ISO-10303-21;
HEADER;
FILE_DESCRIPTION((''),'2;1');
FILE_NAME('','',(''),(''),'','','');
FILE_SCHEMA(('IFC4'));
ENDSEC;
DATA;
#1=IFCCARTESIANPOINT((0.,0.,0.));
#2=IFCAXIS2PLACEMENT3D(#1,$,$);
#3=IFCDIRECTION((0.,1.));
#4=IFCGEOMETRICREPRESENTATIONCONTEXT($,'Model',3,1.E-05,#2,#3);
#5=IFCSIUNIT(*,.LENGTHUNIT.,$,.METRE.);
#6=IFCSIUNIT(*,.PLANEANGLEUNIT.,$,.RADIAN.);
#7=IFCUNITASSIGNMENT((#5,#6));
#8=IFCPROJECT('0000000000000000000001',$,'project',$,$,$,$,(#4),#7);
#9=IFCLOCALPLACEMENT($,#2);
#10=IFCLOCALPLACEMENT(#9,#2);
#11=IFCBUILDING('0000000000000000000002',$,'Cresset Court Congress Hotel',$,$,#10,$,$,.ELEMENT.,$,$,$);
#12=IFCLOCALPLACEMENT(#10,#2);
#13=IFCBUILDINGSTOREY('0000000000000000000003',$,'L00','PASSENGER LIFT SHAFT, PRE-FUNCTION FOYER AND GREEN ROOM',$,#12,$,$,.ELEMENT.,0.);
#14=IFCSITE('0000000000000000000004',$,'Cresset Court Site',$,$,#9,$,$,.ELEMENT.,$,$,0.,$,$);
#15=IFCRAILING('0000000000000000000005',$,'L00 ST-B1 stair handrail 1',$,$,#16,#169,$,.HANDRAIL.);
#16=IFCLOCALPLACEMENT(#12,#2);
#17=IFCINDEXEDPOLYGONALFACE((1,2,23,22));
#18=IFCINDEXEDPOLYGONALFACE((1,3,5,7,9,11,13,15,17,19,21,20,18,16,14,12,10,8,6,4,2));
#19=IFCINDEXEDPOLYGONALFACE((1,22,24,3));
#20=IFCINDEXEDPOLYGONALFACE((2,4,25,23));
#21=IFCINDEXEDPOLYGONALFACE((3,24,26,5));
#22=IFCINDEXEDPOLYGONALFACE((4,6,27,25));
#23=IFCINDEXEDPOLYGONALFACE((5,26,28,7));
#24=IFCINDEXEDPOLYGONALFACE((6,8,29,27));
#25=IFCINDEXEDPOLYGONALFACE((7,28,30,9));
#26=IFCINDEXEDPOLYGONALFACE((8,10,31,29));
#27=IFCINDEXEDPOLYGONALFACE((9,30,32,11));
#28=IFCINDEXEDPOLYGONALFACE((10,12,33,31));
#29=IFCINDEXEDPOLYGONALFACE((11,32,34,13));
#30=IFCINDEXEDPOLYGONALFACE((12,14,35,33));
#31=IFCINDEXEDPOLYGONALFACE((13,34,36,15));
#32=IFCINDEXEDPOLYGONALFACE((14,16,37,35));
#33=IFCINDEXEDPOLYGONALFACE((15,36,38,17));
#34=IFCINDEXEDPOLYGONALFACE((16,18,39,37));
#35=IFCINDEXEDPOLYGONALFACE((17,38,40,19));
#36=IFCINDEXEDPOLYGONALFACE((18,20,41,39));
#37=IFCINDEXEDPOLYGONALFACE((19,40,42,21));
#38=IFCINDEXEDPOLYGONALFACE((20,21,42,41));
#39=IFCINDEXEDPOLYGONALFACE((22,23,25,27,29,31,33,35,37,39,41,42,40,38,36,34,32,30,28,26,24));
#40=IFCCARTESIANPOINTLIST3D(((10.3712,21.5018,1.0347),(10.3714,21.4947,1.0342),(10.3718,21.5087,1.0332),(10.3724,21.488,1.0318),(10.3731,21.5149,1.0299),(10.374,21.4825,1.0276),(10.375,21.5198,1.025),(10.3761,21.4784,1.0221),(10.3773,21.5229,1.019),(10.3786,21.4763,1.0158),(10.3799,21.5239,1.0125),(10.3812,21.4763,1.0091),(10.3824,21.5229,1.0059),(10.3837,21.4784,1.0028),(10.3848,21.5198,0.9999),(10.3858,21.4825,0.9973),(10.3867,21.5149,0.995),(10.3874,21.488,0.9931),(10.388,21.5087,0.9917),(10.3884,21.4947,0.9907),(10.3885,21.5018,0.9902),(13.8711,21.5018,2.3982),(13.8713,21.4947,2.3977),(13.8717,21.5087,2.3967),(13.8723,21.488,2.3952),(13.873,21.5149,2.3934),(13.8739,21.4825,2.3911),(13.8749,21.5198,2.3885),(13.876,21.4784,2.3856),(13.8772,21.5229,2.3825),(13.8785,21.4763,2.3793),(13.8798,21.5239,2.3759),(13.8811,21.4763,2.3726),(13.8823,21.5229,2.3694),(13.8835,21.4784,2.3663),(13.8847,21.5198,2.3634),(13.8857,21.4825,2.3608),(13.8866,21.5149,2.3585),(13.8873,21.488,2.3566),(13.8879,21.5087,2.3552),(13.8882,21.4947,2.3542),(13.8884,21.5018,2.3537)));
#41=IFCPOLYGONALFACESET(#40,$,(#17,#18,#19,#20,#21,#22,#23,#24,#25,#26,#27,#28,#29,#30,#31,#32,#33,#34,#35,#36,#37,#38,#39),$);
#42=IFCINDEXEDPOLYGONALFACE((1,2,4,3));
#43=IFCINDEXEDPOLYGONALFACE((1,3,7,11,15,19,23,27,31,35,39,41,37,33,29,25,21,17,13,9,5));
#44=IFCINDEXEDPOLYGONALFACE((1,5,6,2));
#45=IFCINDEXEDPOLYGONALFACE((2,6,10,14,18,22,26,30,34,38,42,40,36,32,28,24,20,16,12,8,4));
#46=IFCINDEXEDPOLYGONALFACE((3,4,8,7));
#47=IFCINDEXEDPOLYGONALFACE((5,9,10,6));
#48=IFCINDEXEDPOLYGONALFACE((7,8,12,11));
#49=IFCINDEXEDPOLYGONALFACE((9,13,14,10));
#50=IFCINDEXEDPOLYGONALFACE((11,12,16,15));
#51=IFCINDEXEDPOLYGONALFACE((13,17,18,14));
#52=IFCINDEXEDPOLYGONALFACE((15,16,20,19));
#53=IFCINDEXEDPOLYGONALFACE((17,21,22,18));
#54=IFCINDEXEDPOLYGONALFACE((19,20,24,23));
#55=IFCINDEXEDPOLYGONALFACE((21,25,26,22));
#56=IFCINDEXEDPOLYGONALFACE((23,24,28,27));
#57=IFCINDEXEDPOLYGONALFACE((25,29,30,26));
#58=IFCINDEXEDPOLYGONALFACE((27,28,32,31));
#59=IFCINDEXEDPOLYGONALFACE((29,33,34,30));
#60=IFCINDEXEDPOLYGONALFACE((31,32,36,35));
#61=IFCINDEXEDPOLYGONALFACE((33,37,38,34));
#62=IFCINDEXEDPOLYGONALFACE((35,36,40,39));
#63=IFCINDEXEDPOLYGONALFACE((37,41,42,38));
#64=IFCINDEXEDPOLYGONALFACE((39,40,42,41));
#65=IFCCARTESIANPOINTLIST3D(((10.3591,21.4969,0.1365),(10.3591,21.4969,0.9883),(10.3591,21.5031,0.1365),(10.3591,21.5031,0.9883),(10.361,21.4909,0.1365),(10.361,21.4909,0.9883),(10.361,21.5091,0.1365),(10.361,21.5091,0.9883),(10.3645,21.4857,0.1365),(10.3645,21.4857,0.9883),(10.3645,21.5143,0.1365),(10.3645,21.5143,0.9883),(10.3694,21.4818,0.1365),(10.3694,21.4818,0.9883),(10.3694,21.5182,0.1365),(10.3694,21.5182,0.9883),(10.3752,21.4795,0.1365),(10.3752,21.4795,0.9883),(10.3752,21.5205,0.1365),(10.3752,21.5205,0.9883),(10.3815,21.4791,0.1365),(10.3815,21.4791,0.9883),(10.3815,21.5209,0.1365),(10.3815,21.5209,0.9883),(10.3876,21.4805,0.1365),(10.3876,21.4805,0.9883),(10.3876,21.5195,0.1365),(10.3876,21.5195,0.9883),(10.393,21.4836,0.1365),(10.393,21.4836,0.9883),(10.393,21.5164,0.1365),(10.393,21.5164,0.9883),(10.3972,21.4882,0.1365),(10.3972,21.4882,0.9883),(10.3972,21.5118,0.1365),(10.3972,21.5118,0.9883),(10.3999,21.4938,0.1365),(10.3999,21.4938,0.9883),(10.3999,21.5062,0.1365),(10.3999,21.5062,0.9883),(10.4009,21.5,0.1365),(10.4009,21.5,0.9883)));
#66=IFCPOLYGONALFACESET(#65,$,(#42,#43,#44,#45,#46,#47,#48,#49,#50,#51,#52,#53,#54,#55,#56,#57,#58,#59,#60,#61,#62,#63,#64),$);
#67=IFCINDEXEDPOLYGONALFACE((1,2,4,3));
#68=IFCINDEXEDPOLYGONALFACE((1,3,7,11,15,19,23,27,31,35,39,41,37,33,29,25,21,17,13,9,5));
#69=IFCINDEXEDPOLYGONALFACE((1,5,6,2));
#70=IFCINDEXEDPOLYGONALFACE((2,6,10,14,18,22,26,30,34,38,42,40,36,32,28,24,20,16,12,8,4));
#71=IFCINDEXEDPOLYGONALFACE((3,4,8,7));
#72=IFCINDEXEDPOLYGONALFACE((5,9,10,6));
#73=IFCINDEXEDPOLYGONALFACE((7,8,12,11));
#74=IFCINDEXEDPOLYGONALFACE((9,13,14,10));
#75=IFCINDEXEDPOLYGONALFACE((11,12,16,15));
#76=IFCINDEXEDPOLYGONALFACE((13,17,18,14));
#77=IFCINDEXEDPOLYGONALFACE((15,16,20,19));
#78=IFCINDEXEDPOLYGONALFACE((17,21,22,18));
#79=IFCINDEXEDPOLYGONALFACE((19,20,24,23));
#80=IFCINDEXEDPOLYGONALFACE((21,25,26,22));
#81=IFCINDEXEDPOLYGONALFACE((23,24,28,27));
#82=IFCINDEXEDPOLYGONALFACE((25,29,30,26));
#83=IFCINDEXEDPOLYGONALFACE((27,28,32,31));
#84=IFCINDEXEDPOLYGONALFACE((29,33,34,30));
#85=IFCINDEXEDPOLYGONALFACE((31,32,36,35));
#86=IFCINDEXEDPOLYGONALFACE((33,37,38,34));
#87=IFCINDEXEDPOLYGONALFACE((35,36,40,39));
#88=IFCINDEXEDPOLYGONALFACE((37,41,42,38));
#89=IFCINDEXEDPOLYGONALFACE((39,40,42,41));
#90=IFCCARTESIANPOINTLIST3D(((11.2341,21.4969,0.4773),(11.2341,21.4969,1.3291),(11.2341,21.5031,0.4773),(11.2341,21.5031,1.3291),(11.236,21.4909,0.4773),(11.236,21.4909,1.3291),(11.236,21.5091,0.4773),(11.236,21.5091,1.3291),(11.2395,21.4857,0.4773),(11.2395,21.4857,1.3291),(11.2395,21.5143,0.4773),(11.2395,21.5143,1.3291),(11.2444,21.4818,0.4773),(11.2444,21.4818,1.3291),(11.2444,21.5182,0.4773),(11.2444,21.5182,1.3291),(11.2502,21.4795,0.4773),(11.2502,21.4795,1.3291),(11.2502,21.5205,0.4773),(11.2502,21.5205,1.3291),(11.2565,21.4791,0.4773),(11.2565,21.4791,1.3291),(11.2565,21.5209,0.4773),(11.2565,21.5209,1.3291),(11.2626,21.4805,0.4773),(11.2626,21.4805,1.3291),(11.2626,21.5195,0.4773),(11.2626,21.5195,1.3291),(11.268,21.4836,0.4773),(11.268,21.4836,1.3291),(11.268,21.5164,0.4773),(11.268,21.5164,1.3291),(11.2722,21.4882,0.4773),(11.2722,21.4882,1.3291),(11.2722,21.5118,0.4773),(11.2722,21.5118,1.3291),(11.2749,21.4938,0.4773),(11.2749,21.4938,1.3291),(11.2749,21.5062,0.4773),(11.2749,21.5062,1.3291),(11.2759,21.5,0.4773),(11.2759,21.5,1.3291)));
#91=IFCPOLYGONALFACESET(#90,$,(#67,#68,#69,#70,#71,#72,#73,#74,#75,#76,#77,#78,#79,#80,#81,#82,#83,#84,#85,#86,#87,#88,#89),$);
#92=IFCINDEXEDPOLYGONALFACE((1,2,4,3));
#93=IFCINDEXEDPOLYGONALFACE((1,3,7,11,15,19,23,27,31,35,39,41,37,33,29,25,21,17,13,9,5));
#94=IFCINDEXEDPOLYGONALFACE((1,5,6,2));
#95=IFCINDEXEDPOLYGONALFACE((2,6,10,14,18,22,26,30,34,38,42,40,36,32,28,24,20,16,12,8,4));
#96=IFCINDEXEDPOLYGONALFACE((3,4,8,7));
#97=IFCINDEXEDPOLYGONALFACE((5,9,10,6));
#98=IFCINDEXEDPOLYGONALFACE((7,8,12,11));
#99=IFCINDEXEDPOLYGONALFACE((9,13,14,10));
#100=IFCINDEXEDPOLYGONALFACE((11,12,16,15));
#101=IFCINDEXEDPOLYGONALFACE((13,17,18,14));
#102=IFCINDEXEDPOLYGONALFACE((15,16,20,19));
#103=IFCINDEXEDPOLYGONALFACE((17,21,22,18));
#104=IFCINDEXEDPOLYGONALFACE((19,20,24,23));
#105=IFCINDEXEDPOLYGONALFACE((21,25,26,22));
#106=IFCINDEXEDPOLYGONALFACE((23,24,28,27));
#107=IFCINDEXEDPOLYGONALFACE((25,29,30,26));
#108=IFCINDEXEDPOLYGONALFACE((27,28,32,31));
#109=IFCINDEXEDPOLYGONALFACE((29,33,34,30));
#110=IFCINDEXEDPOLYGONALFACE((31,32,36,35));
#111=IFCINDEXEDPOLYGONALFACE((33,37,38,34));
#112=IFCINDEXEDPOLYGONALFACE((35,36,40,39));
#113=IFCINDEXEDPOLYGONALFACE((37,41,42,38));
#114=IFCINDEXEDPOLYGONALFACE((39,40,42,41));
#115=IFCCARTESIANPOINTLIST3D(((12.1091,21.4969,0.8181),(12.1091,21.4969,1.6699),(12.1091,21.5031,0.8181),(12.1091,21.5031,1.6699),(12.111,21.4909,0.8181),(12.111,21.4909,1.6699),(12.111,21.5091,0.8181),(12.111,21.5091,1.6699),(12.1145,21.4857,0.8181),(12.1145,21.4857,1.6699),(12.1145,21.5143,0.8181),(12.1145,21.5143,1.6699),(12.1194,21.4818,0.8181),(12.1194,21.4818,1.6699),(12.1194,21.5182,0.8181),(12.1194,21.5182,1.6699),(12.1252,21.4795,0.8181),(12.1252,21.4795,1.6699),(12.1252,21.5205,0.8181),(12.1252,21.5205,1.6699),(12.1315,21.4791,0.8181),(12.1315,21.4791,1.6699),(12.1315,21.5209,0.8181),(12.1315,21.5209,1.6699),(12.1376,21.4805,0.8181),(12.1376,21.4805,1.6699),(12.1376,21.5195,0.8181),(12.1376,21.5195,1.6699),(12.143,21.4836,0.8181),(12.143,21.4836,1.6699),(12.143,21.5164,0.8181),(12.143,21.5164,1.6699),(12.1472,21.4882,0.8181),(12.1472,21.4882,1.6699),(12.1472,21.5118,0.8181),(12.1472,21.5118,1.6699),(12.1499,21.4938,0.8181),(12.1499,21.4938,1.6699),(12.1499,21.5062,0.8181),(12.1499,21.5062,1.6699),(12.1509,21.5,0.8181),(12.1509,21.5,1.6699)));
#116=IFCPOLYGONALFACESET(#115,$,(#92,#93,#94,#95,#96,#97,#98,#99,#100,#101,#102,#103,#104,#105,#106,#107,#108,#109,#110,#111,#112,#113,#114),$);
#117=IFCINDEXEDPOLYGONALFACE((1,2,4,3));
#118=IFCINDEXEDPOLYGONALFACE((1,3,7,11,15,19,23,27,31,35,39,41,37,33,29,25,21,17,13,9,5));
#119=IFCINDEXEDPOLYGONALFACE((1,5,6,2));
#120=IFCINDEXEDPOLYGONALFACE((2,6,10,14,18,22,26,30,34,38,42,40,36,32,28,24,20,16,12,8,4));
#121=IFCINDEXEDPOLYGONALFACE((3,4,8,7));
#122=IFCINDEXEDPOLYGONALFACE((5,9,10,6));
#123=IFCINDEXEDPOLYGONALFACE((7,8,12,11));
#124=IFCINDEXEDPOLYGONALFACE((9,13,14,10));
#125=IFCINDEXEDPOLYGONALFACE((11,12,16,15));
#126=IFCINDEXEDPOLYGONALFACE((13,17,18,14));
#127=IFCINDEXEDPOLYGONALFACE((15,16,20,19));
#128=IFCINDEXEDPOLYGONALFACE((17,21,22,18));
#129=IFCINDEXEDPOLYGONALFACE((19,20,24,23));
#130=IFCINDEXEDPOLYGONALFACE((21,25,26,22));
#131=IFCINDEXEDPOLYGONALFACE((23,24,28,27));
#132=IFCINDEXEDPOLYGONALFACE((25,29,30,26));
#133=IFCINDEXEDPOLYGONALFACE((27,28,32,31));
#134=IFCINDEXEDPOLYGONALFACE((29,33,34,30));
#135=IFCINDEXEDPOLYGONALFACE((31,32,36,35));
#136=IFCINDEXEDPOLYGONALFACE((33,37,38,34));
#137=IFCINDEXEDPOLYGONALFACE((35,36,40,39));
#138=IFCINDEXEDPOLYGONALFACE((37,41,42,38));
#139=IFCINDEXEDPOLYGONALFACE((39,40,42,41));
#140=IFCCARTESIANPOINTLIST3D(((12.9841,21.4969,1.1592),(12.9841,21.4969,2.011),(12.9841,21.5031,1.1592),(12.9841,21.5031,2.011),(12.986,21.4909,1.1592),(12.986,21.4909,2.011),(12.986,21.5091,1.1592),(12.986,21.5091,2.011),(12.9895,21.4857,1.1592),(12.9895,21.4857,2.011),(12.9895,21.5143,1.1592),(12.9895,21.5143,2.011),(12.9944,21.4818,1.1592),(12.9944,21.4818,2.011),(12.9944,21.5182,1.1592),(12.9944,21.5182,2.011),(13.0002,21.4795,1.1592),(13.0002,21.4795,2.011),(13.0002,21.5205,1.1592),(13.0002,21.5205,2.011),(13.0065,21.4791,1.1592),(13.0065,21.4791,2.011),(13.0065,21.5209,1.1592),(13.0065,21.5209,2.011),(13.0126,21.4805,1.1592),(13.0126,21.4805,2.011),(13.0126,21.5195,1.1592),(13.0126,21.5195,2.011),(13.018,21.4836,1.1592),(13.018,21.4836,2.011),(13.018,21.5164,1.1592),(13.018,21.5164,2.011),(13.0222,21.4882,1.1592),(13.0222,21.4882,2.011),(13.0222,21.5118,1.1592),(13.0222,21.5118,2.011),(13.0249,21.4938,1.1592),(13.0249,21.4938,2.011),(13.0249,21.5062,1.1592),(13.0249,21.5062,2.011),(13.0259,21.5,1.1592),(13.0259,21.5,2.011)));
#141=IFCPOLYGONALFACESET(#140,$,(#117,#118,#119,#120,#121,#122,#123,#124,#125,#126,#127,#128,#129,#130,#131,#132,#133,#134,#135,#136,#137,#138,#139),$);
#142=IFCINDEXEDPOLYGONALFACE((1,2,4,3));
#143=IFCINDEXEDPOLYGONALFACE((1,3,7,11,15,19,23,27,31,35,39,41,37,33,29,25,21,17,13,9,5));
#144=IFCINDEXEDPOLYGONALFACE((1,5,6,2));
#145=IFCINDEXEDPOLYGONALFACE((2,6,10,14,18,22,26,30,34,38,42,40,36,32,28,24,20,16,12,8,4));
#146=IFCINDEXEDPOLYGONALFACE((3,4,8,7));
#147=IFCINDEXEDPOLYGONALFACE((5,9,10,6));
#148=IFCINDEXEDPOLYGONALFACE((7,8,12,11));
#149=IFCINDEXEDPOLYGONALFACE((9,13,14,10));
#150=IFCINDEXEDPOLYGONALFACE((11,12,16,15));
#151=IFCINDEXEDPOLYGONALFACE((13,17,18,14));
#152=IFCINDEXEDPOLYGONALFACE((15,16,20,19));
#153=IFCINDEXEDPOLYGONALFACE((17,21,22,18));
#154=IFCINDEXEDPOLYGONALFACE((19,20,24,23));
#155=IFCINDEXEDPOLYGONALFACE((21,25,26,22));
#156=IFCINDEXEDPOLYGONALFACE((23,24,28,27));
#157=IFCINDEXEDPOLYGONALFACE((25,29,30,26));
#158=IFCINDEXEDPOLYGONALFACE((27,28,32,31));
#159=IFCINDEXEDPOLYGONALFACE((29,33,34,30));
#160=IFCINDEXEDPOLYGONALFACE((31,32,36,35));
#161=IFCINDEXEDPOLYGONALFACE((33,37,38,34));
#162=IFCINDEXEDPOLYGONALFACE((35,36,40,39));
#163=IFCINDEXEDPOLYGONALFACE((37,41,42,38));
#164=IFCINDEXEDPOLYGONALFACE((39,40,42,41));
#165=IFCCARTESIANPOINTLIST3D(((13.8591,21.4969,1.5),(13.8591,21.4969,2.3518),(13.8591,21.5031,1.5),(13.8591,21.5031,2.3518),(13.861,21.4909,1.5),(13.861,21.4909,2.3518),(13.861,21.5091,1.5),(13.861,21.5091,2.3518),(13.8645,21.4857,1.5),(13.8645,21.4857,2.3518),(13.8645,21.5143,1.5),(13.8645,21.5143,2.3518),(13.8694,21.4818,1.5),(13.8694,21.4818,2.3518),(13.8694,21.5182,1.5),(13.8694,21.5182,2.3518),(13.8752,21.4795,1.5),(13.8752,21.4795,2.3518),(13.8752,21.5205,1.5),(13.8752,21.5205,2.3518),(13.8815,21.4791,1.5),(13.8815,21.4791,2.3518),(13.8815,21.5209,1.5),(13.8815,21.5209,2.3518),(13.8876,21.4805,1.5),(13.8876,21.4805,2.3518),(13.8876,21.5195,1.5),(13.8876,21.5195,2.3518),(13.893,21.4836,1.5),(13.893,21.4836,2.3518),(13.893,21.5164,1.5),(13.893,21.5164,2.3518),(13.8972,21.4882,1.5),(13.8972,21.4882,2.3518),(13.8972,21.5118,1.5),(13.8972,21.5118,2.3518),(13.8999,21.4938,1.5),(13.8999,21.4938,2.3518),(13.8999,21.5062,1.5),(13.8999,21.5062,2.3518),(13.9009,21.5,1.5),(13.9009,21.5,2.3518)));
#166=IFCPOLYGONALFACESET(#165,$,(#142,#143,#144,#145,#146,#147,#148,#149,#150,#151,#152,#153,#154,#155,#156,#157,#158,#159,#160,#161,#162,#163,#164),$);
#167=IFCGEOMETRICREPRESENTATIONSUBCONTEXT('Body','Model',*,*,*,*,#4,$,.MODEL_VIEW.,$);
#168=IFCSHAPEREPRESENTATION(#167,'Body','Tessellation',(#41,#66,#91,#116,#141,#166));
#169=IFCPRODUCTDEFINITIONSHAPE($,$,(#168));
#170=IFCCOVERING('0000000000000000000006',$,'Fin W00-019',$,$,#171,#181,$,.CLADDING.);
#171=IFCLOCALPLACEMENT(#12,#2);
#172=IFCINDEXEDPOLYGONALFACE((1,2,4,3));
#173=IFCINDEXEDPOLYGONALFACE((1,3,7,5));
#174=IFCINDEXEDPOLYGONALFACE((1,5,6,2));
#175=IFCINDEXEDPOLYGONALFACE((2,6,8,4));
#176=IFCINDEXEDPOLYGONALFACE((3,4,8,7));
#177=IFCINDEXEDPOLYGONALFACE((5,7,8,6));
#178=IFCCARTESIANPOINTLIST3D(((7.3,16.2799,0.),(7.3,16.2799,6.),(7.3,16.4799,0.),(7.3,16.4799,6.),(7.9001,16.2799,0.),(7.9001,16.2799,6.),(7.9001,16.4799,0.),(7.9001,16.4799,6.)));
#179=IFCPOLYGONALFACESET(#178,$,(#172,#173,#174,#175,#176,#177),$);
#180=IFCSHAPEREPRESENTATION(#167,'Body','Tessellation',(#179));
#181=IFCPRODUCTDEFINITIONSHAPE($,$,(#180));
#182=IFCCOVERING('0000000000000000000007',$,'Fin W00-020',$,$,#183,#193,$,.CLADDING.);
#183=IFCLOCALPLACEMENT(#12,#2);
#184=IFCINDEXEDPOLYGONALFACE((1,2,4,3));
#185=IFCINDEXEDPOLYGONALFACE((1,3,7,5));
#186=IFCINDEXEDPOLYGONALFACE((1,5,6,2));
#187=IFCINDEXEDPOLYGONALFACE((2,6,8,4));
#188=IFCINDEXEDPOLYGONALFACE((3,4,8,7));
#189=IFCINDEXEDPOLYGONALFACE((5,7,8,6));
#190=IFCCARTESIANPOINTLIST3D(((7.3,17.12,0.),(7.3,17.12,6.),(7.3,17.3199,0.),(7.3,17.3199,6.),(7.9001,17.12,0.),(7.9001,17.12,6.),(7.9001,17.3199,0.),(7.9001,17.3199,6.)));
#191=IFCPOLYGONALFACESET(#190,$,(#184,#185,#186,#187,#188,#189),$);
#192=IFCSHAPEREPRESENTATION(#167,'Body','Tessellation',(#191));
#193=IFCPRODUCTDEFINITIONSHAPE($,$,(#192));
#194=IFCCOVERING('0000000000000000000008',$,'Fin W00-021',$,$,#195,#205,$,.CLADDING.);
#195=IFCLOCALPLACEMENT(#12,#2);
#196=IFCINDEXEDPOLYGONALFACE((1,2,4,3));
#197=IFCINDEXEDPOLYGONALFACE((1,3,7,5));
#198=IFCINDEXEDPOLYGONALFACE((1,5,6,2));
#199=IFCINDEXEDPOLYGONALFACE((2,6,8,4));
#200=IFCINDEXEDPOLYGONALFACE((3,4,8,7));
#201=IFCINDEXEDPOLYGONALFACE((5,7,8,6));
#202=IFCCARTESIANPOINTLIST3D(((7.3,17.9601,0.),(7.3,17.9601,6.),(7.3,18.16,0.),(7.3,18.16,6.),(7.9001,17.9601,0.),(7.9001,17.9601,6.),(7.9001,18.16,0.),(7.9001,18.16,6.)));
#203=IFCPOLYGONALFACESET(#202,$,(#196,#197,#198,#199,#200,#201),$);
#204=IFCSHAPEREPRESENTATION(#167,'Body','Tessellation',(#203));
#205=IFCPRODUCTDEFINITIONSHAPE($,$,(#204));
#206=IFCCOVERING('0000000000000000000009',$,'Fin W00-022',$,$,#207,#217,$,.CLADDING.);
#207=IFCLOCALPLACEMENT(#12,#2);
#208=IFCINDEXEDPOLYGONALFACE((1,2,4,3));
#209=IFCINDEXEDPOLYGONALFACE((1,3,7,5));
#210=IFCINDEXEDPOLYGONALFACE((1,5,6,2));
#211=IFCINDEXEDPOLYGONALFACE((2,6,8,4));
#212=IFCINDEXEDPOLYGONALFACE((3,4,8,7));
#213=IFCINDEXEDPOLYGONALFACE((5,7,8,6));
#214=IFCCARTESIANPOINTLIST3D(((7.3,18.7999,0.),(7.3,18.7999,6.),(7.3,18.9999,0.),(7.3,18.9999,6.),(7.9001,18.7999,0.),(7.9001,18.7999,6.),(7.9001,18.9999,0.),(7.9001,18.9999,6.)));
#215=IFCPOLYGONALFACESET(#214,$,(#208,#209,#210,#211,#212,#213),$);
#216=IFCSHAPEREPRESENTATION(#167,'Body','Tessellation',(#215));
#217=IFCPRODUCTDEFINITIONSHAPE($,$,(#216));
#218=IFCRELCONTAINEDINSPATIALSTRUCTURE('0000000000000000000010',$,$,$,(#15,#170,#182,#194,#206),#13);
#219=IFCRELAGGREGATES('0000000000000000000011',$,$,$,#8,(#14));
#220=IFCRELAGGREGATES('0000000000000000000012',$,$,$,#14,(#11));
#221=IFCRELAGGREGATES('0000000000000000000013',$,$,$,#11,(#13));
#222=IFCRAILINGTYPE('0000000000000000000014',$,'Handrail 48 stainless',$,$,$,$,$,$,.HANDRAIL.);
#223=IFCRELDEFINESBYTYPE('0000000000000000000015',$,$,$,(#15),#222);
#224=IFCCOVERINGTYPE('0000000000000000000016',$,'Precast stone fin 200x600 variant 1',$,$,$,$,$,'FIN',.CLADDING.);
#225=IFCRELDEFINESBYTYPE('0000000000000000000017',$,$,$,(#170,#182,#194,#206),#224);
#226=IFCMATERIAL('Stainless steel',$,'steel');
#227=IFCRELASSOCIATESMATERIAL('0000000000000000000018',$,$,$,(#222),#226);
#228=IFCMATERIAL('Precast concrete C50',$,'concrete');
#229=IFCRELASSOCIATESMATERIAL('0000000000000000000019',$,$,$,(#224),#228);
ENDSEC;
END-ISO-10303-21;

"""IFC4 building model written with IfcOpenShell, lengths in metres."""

from ifc_helpers import new_model, si_unit, direction, frame, origin, origin_2d, place, context, subcontext, project, spatial, rectangle, circle, extrude, material, type_object, element, save


model = new_model("IFC4")

# Units and contexts
model_context = context("Model", 3, precision=1e-05, world=origin(), true_north=direction((0.0, 1.0)))
body_context = subcontext(model_context, "Body", "Model", "MODEL_VIEW")
ifc_project = project(units=[si_unit("LENGTHUNIT", "METRE"), si_unit("PLANEANGLEUNIT", "RADIAN")], contexts=[model_context])

# Site, building, storey
site_placement = place(None, origin())
site = spatial("IfcSite", under=ifc_project, at=site_placement, Name="Cresset Court Site", CompositionType="ELEMENT", RefElevation=0.0)
building_placement = place(site_placement, origin())
building = spatial("IfcBuilding", under=site, at=building_placement, Name="Cresset Court Congress Hotel", CompositionType="ELEMENT")
storey_placement = place(building_placement, origin())
storey = spatial("IfcBuildingStorey", under=building, at=storey_placement, Name="L00", Description="PASSENGER LIFT SHAFT, PRE-FUNCTION FOYER AND GREEN ROOM", CompositionType="ELEMENT", Elevation=0.0)

# Railing
ifc_material_1 = material(Name="Stainless steel", Category="steel")
railing_type_1 = type_object("IfcRailingType", Name="Handrail 48 stainless", PredefinedType="HANDRAIL", material=ifc_material_1)
railing_1_placement = place(storey_placement, frame((10.3799, 21.5, 0.1365)))
element("IfcRailing", 1, at=railing_1_placement, inside=storey, type_object=railing_type_1, Name="L00 ST-B1 stair handrail 1", PredefinedType="HANDRAIL", context=body_context, shape_type="SweptSolid", body=[
    extrude(circle(Radius=0.0239, at=origin_2d()), frame((0.0, 0.0, 0.876), z_axis=(0.931787, 0.0, 0.363005), x_axis=(0.0, 1.0, 0.0)), (0.0, 0.0, 1.0), 3.7561),
    extrude(circle(Radius=0.021, at=origin_2d()), origin(), (0.0, 0.0, 1.0), 0.8518),
    extrude(circle(Radius=0.021, at=origin_2d()), frame((0.875, 0.0, 0.3408)), (0.0, 0.0, 1.0), 0.8518),
    extrude(circle(Radius=0.021, at=origin_2d()), frame((1.75, 0.0, 0.6816)), (0.0, 0.0, 1.0), 0.8518),
    extrude(circle(Radius=0.021, at=origin_2d()), frame((2.625, 0.0, 1.0227)), (0.0, 0.0, 1.0), 0.8518),
    extrude(circle(Radius=0.021, at=origin_2d()), frame((3.5, 0.0, 1.3635)), (0.0, 0.0, 1.0), 0.8518),
])

# Coverings
ifc_material_2 = material(Name="Precast concrete C50", Category="concrete")
covering_type = type_object("IfcCoveringType", Name="Precast stone fin 200x600 variant 1", ElementType="FIN", PredefinedType="CLADDING", material=ifc_material_2)
for number, where, z_axis, x_axis, name in (
    (2, (7.6001, 16.3799, 0.0), (0.0, 0.0, 1.0), (1.0, 0.0, 0.0), "Fin W00-019"),
    (3, (7.6001, 17.22, 0.0), (0.0, 0.0, 1.0), (1.0, 0.0, 0.0), "Fin W00-020"),
    (4, (7.6001, 18.0601, 0.0), (0.0, 0.0, 1.0), (1.0, 0.0, 0.0), "Fin W00-021"),
    (5, (7.6001, 18.8999, 0.0), (0.0, 0.0, 1.0), (1.0, 0.0, 0.0), "Fin W00-022"),
):
    element("IfcCovering", number, at=place(storey_placement, frame(where, z_axis=z_axis, x_axis=x_axis)), inside=storey, type_object=covering_type, Name=name, PredefinedType="CLADDING", context=body_context, shape_type="SweptSolid", body=[
        extrude(rectangle(XDim=0.6001, YDim=0.2, at=origin_2d()), origin(), (0.0, 0.0, 1.0), 6.0),
    ])

save(model, "model.ifc")
